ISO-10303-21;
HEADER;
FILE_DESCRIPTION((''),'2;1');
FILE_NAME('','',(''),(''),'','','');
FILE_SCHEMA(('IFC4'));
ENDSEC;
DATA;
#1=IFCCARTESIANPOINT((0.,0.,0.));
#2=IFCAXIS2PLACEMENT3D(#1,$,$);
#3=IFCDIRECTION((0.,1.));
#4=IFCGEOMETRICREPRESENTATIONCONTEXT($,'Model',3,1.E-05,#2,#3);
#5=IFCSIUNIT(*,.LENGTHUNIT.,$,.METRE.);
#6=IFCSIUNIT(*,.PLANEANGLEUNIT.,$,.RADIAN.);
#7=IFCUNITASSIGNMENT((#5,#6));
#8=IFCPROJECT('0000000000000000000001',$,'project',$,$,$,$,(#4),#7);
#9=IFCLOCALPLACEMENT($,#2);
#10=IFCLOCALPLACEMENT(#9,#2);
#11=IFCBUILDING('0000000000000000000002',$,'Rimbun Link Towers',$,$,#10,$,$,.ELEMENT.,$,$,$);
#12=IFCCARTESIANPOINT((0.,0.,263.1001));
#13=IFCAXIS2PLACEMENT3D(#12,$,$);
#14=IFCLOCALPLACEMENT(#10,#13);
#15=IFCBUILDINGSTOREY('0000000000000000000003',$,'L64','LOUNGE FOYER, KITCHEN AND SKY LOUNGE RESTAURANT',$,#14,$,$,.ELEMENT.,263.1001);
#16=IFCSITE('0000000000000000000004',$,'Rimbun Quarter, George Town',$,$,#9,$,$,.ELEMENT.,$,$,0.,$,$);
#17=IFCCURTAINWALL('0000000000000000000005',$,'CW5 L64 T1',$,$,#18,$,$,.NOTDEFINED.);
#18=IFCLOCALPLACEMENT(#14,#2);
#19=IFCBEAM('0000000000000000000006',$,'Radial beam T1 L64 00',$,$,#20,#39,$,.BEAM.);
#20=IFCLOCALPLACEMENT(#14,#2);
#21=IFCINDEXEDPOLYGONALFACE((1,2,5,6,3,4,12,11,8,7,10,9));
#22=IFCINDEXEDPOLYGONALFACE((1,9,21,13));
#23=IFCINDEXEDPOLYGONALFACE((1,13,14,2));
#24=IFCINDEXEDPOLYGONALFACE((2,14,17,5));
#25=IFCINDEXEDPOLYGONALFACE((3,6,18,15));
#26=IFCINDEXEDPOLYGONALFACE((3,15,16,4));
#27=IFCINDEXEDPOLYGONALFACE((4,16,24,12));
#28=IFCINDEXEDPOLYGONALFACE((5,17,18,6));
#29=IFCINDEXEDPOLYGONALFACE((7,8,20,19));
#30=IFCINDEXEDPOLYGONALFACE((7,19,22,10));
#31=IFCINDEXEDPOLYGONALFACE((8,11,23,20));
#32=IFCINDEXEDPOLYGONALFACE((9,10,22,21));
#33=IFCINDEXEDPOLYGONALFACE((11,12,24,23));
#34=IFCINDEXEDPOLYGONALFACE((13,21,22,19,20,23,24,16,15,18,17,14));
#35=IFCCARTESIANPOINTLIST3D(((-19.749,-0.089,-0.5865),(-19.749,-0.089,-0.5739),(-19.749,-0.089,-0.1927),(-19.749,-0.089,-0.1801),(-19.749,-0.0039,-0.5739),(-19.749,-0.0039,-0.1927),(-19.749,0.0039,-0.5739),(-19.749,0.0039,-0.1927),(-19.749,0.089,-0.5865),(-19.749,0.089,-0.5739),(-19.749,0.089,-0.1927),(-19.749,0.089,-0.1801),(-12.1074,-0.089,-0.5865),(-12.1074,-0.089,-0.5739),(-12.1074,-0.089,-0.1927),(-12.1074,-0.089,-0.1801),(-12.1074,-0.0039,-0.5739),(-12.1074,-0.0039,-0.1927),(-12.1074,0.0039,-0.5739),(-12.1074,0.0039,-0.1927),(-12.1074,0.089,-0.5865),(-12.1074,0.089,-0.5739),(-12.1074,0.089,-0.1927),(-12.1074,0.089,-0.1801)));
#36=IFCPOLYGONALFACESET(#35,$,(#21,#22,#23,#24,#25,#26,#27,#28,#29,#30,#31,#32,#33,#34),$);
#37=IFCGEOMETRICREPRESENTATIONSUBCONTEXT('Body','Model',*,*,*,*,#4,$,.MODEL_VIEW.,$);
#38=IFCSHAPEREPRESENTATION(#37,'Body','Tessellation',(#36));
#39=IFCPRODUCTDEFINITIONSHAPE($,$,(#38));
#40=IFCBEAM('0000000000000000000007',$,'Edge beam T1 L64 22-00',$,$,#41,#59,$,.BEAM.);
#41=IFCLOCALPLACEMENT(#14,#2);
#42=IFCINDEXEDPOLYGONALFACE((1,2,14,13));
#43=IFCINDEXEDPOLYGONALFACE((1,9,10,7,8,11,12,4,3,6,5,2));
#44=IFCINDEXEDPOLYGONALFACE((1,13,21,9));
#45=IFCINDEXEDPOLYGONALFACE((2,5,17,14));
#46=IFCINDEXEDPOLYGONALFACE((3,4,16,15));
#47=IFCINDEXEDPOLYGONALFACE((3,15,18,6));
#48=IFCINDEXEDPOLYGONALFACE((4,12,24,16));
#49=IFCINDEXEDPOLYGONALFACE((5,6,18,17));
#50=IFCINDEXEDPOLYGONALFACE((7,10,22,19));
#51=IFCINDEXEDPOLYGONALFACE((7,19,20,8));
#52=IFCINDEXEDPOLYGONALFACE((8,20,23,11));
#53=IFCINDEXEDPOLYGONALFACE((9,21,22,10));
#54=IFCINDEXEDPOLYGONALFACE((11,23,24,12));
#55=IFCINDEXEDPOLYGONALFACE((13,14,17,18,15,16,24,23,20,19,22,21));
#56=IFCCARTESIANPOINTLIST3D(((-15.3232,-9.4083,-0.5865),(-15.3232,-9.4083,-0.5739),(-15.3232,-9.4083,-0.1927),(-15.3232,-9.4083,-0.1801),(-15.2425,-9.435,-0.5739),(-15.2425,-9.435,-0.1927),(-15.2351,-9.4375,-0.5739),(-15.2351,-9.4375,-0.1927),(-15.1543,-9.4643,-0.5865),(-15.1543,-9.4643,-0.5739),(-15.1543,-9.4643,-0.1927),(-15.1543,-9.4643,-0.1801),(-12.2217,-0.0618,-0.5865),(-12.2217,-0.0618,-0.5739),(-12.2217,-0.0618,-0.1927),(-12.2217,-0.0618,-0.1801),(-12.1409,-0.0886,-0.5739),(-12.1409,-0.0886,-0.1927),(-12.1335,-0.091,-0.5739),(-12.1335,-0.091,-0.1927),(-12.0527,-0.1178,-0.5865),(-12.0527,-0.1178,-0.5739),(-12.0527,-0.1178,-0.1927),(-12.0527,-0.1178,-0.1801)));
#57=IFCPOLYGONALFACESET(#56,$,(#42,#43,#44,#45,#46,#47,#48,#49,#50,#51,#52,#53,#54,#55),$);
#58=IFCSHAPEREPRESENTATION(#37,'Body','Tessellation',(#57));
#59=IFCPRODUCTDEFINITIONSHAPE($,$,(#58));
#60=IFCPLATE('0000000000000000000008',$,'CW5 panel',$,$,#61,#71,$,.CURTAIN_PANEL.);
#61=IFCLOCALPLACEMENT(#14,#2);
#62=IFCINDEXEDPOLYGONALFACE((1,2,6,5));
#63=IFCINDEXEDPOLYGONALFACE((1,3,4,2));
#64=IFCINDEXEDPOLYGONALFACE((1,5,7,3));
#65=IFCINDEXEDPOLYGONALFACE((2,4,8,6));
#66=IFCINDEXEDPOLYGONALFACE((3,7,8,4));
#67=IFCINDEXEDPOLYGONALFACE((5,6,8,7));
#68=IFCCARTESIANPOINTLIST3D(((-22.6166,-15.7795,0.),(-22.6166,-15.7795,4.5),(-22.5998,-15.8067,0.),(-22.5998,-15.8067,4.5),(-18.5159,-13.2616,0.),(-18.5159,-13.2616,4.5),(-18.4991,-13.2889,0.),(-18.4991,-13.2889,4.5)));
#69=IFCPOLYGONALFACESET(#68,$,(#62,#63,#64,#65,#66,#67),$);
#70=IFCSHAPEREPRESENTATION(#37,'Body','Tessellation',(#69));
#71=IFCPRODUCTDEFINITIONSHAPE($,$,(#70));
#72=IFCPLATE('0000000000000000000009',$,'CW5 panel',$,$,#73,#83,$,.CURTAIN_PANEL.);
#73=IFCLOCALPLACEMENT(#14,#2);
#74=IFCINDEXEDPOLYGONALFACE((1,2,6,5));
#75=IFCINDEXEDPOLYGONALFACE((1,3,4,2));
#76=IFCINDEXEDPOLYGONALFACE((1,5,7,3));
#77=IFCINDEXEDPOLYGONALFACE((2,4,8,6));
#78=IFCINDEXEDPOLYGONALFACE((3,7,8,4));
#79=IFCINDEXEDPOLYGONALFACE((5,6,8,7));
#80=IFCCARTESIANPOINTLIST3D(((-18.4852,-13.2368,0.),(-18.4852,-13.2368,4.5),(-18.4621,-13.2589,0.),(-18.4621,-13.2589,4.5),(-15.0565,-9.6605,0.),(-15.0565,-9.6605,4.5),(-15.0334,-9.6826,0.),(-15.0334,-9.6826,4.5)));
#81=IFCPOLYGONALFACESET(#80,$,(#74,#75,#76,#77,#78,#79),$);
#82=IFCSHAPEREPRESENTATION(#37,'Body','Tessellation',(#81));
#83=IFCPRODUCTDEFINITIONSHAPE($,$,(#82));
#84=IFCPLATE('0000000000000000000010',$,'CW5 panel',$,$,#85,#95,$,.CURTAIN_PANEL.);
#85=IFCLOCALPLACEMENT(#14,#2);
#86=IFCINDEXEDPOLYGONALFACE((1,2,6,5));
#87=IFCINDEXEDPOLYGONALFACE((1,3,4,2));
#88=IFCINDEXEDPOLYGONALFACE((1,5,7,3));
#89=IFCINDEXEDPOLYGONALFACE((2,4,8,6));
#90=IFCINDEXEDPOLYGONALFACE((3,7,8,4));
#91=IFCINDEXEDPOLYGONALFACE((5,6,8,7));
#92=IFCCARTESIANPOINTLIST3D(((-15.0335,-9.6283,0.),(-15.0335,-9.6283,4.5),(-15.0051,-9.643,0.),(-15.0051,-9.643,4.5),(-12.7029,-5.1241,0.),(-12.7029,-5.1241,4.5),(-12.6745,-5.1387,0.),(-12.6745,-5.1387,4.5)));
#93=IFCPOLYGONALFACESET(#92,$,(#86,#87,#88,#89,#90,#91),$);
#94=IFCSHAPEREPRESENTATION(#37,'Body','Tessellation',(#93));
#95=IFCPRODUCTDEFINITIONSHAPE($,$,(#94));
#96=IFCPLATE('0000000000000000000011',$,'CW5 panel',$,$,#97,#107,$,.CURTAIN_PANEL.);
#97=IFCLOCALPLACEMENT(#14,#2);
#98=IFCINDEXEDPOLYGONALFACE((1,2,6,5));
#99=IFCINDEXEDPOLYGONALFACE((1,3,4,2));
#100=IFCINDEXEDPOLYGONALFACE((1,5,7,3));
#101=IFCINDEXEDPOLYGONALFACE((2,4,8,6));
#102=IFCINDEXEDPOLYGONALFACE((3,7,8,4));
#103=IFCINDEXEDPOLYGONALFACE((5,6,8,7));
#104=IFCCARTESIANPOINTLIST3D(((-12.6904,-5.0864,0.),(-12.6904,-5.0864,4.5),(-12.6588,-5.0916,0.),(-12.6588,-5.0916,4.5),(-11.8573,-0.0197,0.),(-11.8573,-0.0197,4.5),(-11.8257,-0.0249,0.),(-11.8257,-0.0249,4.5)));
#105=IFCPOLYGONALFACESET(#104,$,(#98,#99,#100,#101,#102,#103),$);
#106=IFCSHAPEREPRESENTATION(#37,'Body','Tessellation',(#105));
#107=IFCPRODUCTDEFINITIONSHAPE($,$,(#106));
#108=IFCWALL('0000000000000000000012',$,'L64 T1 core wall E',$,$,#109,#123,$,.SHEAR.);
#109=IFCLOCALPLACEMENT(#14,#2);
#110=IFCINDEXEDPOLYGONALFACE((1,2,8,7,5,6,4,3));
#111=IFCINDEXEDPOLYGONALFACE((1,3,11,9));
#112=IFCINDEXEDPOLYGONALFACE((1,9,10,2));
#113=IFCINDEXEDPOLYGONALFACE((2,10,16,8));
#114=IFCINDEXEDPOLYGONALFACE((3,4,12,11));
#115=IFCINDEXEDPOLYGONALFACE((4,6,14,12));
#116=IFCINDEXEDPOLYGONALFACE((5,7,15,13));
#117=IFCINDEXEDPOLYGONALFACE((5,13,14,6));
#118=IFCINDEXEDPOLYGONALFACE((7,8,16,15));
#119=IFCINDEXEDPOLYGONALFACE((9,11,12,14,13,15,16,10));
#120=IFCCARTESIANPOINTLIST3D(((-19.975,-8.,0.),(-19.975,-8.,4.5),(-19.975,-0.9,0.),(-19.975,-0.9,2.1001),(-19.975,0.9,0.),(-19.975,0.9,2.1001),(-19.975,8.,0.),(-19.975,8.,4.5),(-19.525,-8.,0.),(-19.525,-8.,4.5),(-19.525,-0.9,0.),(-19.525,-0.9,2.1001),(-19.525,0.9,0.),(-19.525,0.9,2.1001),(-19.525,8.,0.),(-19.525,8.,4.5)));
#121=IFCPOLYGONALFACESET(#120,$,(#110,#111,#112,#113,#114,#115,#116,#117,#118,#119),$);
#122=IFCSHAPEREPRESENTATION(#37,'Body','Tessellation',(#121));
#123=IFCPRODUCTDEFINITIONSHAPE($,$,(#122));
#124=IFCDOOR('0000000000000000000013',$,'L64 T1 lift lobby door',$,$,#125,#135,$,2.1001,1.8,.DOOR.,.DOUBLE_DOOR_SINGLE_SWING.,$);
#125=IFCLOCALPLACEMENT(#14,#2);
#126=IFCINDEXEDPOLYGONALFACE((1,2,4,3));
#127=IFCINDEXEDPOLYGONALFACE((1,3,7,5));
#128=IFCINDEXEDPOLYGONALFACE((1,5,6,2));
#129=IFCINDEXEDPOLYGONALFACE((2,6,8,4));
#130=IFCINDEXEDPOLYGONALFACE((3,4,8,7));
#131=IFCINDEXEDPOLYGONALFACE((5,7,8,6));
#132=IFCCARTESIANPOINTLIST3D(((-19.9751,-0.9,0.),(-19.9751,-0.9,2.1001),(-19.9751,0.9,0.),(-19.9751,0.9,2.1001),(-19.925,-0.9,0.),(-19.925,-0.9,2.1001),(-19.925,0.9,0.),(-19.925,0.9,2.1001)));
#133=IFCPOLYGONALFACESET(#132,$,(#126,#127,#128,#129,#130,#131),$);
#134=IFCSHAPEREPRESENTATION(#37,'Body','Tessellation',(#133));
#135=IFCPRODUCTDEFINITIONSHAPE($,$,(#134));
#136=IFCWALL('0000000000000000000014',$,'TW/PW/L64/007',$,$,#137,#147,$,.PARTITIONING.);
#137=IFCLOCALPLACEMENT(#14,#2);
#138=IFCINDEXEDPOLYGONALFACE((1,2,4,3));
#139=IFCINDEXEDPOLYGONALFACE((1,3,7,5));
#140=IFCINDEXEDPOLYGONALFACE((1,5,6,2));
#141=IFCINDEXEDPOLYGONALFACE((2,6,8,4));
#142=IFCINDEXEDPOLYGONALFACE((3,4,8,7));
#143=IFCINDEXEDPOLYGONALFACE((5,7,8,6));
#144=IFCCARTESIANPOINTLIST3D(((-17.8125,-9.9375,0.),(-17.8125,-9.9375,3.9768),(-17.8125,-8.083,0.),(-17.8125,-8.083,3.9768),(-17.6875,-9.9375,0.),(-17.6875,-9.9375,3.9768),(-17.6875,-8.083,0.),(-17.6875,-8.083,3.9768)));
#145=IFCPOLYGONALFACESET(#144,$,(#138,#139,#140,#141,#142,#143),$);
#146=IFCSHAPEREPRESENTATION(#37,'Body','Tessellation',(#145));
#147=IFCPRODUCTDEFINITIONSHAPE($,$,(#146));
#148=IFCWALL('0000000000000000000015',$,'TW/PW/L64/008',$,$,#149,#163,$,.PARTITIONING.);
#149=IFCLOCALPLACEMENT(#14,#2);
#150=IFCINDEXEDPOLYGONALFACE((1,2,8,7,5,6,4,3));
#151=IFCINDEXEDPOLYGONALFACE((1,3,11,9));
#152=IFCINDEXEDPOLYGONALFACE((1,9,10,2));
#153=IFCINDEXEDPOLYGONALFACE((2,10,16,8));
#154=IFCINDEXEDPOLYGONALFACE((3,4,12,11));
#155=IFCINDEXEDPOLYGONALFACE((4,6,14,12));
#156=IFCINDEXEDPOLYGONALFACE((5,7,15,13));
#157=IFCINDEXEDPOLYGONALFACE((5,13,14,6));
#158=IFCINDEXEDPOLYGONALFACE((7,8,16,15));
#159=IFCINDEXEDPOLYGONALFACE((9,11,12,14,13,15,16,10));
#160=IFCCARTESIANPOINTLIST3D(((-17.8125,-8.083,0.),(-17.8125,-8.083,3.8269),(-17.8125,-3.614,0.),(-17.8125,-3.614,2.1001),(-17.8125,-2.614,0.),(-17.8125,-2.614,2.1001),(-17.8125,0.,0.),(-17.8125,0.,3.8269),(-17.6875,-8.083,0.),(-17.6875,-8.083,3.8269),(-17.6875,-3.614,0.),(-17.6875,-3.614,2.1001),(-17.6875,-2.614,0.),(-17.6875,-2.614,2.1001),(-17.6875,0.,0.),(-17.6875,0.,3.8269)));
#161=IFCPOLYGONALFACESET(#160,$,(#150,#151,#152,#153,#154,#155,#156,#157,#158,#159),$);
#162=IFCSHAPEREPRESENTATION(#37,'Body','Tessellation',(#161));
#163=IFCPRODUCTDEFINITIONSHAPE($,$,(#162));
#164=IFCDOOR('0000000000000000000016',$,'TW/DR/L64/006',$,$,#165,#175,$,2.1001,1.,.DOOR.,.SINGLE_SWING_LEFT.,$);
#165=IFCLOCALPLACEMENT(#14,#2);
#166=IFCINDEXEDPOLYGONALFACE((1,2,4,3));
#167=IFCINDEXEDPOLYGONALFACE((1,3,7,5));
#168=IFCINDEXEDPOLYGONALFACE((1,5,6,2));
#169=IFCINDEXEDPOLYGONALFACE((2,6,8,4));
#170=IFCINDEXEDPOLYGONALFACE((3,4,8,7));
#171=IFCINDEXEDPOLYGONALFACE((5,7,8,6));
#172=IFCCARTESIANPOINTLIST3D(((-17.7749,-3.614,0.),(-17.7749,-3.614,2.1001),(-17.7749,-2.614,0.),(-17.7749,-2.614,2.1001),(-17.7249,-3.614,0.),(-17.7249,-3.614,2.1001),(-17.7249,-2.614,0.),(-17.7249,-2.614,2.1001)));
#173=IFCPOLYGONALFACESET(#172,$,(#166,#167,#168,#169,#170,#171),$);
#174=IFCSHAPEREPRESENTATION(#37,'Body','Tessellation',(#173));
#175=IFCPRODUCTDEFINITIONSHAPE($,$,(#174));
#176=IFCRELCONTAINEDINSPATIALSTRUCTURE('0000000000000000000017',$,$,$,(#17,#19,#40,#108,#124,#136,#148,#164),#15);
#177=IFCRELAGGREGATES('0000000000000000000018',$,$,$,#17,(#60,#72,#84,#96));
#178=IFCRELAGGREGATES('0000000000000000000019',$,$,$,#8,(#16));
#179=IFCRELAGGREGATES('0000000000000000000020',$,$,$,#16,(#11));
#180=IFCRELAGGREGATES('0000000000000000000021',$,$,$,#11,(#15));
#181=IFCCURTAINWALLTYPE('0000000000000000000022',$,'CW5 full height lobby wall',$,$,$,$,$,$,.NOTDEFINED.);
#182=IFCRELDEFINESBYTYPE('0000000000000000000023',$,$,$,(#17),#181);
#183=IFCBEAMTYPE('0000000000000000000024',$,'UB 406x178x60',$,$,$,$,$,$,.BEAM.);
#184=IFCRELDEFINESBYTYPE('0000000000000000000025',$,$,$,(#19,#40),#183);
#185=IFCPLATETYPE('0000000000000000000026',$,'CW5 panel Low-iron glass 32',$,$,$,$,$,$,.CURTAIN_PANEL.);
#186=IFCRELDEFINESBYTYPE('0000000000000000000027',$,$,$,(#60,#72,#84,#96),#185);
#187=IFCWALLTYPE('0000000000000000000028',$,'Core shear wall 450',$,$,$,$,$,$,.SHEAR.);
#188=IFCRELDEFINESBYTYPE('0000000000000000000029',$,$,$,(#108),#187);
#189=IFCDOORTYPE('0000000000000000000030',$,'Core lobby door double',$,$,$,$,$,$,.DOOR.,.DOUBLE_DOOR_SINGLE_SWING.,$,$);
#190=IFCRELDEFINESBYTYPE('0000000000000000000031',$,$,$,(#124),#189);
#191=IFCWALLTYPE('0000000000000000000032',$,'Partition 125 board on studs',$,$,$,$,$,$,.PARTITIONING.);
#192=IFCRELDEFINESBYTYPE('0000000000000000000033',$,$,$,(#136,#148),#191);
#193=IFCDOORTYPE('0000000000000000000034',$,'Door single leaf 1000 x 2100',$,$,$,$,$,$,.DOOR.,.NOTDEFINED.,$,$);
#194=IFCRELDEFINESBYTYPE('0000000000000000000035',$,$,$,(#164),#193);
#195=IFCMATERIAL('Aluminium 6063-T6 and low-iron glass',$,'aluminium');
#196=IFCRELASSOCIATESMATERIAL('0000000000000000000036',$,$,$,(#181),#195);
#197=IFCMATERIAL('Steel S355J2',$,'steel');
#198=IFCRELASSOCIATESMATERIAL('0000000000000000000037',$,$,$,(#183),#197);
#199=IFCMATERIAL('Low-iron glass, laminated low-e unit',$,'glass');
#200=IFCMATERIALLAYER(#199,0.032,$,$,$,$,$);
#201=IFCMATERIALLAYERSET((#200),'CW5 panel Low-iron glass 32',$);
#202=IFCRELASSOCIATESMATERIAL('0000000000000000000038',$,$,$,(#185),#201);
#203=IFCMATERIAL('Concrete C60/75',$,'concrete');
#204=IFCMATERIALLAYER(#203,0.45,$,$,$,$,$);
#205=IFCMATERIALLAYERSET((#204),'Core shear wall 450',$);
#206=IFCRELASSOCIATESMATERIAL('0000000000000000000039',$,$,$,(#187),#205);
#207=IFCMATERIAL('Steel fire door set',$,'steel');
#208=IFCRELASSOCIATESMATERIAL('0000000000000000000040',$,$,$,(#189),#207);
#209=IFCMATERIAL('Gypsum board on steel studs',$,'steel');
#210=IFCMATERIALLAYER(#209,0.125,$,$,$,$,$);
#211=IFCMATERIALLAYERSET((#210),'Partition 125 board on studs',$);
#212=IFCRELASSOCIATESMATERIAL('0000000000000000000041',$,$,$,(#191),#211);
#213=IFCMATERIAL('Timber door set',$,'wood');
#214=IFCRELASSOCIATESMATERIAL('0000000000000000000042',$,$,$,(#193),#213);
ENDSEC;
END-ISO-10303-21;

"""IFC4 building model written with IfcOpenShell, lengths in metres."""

from ifc_helpers import new_model, si_unit, direction, frame, frame_2d, origin, origin_2d, place, context, subcontext, project, spatial, rectangle, i_section, extrude, material, layer, layer_set, material_profile, profile_set, type_object, element, fill, aggregate, save


model = new_model("IFC4")

# Units and contexts
model_context = context("Model", 3, precision=1e-05, world=origin(), true_north=direction((0.0, 1.0)))
body_context = subcontext(model_context, "Body", "Model", "MODEL_VIEW")
ifc_project = project(units=[si_unit("LENGTHUNIT", "METRE"), si_unit("PLANEANGLEUNIT", "RADIAN")], contexts=[model_context])

# Site, building, storey
site_placement = place(None, origin())
site = spatial("IfcSite", under=ifc_project, at=site_placement, Name="Rimbun Quarter, George Town", CompositionType="ELEMENT", RefElevation=0.0)
building_placement = place(site_placement, origin())
building = spatial("IfcBuilding", under=site, at=building_placement, Name="Rimbun Link Towers", CompositionType="ELEMENT")
storey_placement = place(building_placement, frame((0.0, 0.0, 263.1001)))
storey = spatial("IfcBuildingStorey", under=building, at=storey_placement, Name="L64", Description="LOUNGE FOYER, KITCHEN AND SKY LOUNGE RESTAURANT", CompositionType="ELEMENT", Elevation=263.1001)

# Curtain wall
ifc_material_1 = material(Name="Aluminium 6063-T6 and low-iron glass", Category="aluminium")
curtain_wall_type = type_object("IfcCurtainWallType", Name="CW5 full height lobby wall", PredefinedType="NOTDEFINED", material=ifc_material_1)
curtain_wall_placement = place(storey_placement, origin())
curtain_wall = element("IfcCurtainWall", 1, at=curtain_wall_placement, inside=storey, type_object=curtain_wall_type, Name="CW5 L64 T1", PredefinedType="NOTDEFINED")

# Beams
ifc_material_2 = material(Name="Steel S355J2", Category="steel")
ifc_material_profile_1 = material_profile(ifc_material_2, i_section(OverallWidth=0.178, OverallDepth=0.4065, WebThickness=0.0078, FlangeThickness=0.0127, at=origin_2d()), Name="UB 406x178x60")
ifc_profile_set_1 = profile_set([ifc_material_profile_1], Name="Steel S355J2")
beam_type_1 = type_object("IfcBeamType", Name="UB 406x178x60", PredefinedType="BEAM", material=ifc_profile_set_1)
beam_1_placement = place(storey_placement, frame((-19.749, 0.0, -0.3833), z_axis=(1.0, 0.0, 0.0), x_axis=(0.0, 1.0, 0.0)))
element("IfcBeam", 2, at=beam_1_placement, inside=storey, type_object=beam_type_1, Name="Radial beam T1 L64 00", PredefinedType="BEAM", context=body_context, shape_type="SweptSolid", body=[
    extrude(i_section(OverallWidth=0.178, OverallDepth=0.4065, WebThickness=0.0078, FlangeThickness=0.0127, at=origin_2d()), origin(), (0.0, 0.0, 1.0), 7.6416),
])
beam_2_placement = place(storey_placement, frame((-15.2388, -9.4363, -0.3833), z_axis=(0.314956, 0.949106, 0.0), x_axis=(-0.949106, 0.314956, 0.0)))
element("IfcBeam", 3, at=beam_2_placement, inside=storey, type_object=beam_type_1, Name="Edge beam T1 L64 22-00", PredefinedType="BEAM", context=body_context, shape_type="SweptSolid", body=[
    extrude(i_section(OverallWidth=0.178, OverallDepth=0.4065, WebThickness=0.0078, FlangeThickness=0.0127, at=origin_2d()), origin(), (0.0, 0.0, 1.0), 9.8477),
])

# Plates
ifc_material_3 = material(Name="Low-iron glass, laminated low-e unit", Category="glass")
ifc_layer_1 = layer(ifc_material_3, 0.032)
ifc_layer_set_1 = layer_set([ifc_layer_1], Name="CW5 panel Low-iron glass 32")
plate_type = type_object("IfcPlateType", Name="CW5 panel Low-iron glass 32", PredefinedType="CURTAIN_PANEL", material=ifc_layer_set_1)
plate_1_placement = place(storey_placement, frame((-20.5579, -14.5342, 0.0), z_axis=(0.0, 0.0, 1.0), x_axis=(-0.852182, -0.523246, 0.0)))
plate_1 = element("IfcPlate", 4, at=plate_1_placement, type_object=plate_type, Name="CW5 panel", PredefinedType="CURTAIN_PANEL", context=body_context, shape_type="SweptSolid", body=[
    extrude(rectangle(XDim=4.812, YDim=0.032, at=origin_2d()), origin(), (0.0, 0.0, 1.0), 4.5),
])
plate_2_placement = place(storey_placement, frame((-16.7593, -11.4597, 0.0), z_axis=(0.0, 0.0, 1.0), x_axis=(-0.692053, -0.721847, 0.0)))
plate_2 = element("IfcPlate", 5, at=plate_2_placement, type_object=plate_type, Name="CW5 panel", PredefinedType="CURTAIN_PANEL", context=body_context, shape_type="SweptSolid", body=[
    extrude(rectangle(XDim=4.9543, YDim=0.032, at=origin_2d()), origin(), (0.0, 0.0, 1.0), 4.5),
])
plate_3_placement = place(storey_placement, frame((-13.854, -7.3835, 0.0), z_axis=(0.0, 0.0, 1.0), x_axis=(-0.459551, -0.888152, 0.0)))
plate_3 = element("IfcPlate", 6, at=plate_3_placement, type_object=plate_type, Name="CW5 panel", PredefinedType="CURTAIN_PANEL", context=body_context, shape_type="SweptSolid", body=[
    extrude(rectangle(XDim=5.0715, YDim=0.032, at=origin_2d()), origin(), (0.0, 0.0, 1.0), 4.5),
])
plate_4_placement = place(storey_placement, frame((-12.2581, -2.5557, 0.0), z_axis=(0.0, 0.0, 1.0), x_axis=(-0.162249, -0.98675, 0.0)))
plate_4 = element("IfcPlate", 7, at=plate_4_placement, type_object=plate_type, Name="CW5 panel", PredefinedType="CURTAIN_PANEL", context=body_context, shape_type="SweptSolid", body=[
    extrude(rectangle(XDim=5.1348, YDim=0.032, at=origin_2d()), origin(), (0.0, 0.0, 1.0), 4.5),
])
aggregate(curtain_wall, [plate_1, plate_2, plate_3, plate_4])

# Wall, opening, door
ifc_material_4 = material(Name="Concrete C60/75", Category="concrete")
ifc_layer_2 = layer(ifc_material_4, 0.45)
ifc_layer_set_2 = layer_set([ifc_layer_2], Name="Core shear wall 450")
wall_type_1 = type_object("IfcWallType", Name="Core shear wall 450", PredefinedType="SHEAR", material=ifc_layer_set_2)
wall_1_placement = place(storey_placement, frame((-19.75, -8.0, 0.0), z_axis=(0.0, 0.0, 1.0), x_axis=(0.0, 1.0, 0.0)))
wall_1 = element("IfcWall", 8, at=wall_1_placement, inside=storey, type_object=wall_type_1, Name="L64 T1 core wall E", PredefinedType="SHEAR", context=body_context, shape_type="SweptSolid", body=[
    extrude(rectangle(XDim=16.0, YDim=0.45, at=frame_2d((8.0, 0.0))), origin(), (0.0, 0.0, 1.0), 4.5),
])
opening_1_placement = place(wall_1_placement, frame((7.1001, 0.0, 0.0)))
opening_1 = element("IfcOpeningElement", 9, at=opening_1_placement, cuts=wall_1, PredefinedType="OPENING", context=body_context, shape_type="SweptSolid", body=[
    extrude(rectangle(XDim=1.8, YDim=2.1001, at=frame_2d((0.8999, 1.05))), frame((0.0, 0.2349, 0.0), z_axis=(0.0, -1.0, 0.0), x_axis=(1.0, 0.0, 0.0)), (0.0, 0.0, 1.0), 0.47),
])
ifc_material_5 = material(Name="Steel fire door set", Category="steel")
door_type_1 = type_object("IfcDoorType", Name="Core lobby door double", OperationType="DOUBLE_DOOR_SINGLE_SWING", PredefinedType="DOOR", material=ifc_material_5)
door_1_placement = place(opening_1_placement, origin())
door_1 = element("IfcDoor", 10, at=door_1_placement, inside=storey, type_object=door_type_1, Name="L64 T1 lift lobby door", OperationType="DOUBLE_DOOR_SINGLE_SWING", OverallHeight=2.1001, OverallWidth=1.8, PredefinedType="DOOR", context=body_context, shape_type="SweptSolid", body=[
    extrude(rectangle(XDim=1.8, YDim=2.1001, at=frame_2d((0.8999, 1.05))), frame((0.0, 0.2251, 0.0), z_axis=(0.0, -1.0, 0.0), x_axis=(1.0, 0.0, 0.0)), (0.0, 0.0, 1.0), 0.05),
])
fill(opening_1, door_1)

# Wall
ifc_material_6 = material(Name="Gypsum board on steel studs", Category="steel")
ifc_layer_3 = layer(ifc_material_6, 0.125)
ifc_layer_set_3 = layer_set([ifc_layer_3], Name="Partition 125 board on studs")
wall_type_2 = type_object("IfcWallType", Name="Partition 125 board on studs", PredefinedType="PARTITIONING", material=ifc_layer_set_3)
wall_2_placement = place(storey_placement, frame((-17.75, -9.9375, 0.0), z_axis=(0.0, 0.0, 1.0), x_axis=(0.0, 1.0, 0.0)))
element("IfcWall", 11, at=wall_2_placement, inside=storey, type_object=wall_type_2, Name="TW/PW/L64/007", PredefinedType="PARTITIONING", context=body_context, shape_type="SweptSolid", body=[
    extrude(rectangle(XDim=1.8545, YDim=0.125, at=frame_2d((0.9272, 0.0))), origin(), (0.0, 0.0, 1.0), 3.9768),
])

# Wall, opening, door
wall_3_placement = place(storey_placement, frame((-17.75, -8.083, 0.0), z_axis=(0.0, 0.0, 1.0), x_axis=(0.0, 1.0, 0.0)))
wall_3 = element("IfcWall", 12, at=wall_3_placement, inside=storey, type_object=wall_type_2, Name="TW/PW/L64/008", PredefinedType="PARTITIONING", context=body_context, shape_type="SweptSolid", body=[
    extrude(rectangle(XDim=8.083, YDim=0.125, at=frame_2d((4.0415, 0.0))), origin(), (0.0, 0.0, 1.0), 3.8269),
])
opening_2_placement = place(wall_3_placement, frame((4.469, 0.0, 0.0)))
opening_2 = element("IfcOpeningElement", 13, at=opening_2_placement, cuts=wall_3, PredefinedType="OPENING", context=body_context, shape_type="SweptSolid", body=[
    extrude(rectangle(XDim=1.0, YDim=2.1001, at=frame_2d((0.5, 1.05))), frame((0.0, 0.0725, 0.0), z_axis=(0.0, -1.0, 0.0), x_axis=(1.0, 0.0, 0.0)), (0.0, 0.0, 1.0), 0.145),
])
ifc_material_7 = material(Name="Timber door set", Category="wood")
door_type_2 = type_object("IfcDoorType", Name="Door single leaf 1000 x 2100", OperationType="NOTDEFINED", PredefinedType="DOOR", material=ifc_material_7)
door_2_placement = place(opening_2_placement, origin())
door_2 = element("IfcDoor", 14, at=door_2_placement, inside=storey, type_object=door_type_2, Name="TW/DR/L64/006", OperationType="SINGLE_SWING_LEFT", OverallHeight=2.1001, OverallWidth=1.0, PredefinedType="DOOR", context=body_context, shape_type="SweptSolid", body=[
    extrude(rectangle(XDim=1.0, YDim=2.1001, at=frame_2d((0.5, 1.05))), frame((0.0, 0.0249, 0.0), z_axis=(0.0, -1.0, 0.0), x_axis=(1.0, 0.0, 0.0)), (0.0, 0.0, 1.0), 0.05),
])
fill(opening_2, door_2)

save(model, "model.ifc")
